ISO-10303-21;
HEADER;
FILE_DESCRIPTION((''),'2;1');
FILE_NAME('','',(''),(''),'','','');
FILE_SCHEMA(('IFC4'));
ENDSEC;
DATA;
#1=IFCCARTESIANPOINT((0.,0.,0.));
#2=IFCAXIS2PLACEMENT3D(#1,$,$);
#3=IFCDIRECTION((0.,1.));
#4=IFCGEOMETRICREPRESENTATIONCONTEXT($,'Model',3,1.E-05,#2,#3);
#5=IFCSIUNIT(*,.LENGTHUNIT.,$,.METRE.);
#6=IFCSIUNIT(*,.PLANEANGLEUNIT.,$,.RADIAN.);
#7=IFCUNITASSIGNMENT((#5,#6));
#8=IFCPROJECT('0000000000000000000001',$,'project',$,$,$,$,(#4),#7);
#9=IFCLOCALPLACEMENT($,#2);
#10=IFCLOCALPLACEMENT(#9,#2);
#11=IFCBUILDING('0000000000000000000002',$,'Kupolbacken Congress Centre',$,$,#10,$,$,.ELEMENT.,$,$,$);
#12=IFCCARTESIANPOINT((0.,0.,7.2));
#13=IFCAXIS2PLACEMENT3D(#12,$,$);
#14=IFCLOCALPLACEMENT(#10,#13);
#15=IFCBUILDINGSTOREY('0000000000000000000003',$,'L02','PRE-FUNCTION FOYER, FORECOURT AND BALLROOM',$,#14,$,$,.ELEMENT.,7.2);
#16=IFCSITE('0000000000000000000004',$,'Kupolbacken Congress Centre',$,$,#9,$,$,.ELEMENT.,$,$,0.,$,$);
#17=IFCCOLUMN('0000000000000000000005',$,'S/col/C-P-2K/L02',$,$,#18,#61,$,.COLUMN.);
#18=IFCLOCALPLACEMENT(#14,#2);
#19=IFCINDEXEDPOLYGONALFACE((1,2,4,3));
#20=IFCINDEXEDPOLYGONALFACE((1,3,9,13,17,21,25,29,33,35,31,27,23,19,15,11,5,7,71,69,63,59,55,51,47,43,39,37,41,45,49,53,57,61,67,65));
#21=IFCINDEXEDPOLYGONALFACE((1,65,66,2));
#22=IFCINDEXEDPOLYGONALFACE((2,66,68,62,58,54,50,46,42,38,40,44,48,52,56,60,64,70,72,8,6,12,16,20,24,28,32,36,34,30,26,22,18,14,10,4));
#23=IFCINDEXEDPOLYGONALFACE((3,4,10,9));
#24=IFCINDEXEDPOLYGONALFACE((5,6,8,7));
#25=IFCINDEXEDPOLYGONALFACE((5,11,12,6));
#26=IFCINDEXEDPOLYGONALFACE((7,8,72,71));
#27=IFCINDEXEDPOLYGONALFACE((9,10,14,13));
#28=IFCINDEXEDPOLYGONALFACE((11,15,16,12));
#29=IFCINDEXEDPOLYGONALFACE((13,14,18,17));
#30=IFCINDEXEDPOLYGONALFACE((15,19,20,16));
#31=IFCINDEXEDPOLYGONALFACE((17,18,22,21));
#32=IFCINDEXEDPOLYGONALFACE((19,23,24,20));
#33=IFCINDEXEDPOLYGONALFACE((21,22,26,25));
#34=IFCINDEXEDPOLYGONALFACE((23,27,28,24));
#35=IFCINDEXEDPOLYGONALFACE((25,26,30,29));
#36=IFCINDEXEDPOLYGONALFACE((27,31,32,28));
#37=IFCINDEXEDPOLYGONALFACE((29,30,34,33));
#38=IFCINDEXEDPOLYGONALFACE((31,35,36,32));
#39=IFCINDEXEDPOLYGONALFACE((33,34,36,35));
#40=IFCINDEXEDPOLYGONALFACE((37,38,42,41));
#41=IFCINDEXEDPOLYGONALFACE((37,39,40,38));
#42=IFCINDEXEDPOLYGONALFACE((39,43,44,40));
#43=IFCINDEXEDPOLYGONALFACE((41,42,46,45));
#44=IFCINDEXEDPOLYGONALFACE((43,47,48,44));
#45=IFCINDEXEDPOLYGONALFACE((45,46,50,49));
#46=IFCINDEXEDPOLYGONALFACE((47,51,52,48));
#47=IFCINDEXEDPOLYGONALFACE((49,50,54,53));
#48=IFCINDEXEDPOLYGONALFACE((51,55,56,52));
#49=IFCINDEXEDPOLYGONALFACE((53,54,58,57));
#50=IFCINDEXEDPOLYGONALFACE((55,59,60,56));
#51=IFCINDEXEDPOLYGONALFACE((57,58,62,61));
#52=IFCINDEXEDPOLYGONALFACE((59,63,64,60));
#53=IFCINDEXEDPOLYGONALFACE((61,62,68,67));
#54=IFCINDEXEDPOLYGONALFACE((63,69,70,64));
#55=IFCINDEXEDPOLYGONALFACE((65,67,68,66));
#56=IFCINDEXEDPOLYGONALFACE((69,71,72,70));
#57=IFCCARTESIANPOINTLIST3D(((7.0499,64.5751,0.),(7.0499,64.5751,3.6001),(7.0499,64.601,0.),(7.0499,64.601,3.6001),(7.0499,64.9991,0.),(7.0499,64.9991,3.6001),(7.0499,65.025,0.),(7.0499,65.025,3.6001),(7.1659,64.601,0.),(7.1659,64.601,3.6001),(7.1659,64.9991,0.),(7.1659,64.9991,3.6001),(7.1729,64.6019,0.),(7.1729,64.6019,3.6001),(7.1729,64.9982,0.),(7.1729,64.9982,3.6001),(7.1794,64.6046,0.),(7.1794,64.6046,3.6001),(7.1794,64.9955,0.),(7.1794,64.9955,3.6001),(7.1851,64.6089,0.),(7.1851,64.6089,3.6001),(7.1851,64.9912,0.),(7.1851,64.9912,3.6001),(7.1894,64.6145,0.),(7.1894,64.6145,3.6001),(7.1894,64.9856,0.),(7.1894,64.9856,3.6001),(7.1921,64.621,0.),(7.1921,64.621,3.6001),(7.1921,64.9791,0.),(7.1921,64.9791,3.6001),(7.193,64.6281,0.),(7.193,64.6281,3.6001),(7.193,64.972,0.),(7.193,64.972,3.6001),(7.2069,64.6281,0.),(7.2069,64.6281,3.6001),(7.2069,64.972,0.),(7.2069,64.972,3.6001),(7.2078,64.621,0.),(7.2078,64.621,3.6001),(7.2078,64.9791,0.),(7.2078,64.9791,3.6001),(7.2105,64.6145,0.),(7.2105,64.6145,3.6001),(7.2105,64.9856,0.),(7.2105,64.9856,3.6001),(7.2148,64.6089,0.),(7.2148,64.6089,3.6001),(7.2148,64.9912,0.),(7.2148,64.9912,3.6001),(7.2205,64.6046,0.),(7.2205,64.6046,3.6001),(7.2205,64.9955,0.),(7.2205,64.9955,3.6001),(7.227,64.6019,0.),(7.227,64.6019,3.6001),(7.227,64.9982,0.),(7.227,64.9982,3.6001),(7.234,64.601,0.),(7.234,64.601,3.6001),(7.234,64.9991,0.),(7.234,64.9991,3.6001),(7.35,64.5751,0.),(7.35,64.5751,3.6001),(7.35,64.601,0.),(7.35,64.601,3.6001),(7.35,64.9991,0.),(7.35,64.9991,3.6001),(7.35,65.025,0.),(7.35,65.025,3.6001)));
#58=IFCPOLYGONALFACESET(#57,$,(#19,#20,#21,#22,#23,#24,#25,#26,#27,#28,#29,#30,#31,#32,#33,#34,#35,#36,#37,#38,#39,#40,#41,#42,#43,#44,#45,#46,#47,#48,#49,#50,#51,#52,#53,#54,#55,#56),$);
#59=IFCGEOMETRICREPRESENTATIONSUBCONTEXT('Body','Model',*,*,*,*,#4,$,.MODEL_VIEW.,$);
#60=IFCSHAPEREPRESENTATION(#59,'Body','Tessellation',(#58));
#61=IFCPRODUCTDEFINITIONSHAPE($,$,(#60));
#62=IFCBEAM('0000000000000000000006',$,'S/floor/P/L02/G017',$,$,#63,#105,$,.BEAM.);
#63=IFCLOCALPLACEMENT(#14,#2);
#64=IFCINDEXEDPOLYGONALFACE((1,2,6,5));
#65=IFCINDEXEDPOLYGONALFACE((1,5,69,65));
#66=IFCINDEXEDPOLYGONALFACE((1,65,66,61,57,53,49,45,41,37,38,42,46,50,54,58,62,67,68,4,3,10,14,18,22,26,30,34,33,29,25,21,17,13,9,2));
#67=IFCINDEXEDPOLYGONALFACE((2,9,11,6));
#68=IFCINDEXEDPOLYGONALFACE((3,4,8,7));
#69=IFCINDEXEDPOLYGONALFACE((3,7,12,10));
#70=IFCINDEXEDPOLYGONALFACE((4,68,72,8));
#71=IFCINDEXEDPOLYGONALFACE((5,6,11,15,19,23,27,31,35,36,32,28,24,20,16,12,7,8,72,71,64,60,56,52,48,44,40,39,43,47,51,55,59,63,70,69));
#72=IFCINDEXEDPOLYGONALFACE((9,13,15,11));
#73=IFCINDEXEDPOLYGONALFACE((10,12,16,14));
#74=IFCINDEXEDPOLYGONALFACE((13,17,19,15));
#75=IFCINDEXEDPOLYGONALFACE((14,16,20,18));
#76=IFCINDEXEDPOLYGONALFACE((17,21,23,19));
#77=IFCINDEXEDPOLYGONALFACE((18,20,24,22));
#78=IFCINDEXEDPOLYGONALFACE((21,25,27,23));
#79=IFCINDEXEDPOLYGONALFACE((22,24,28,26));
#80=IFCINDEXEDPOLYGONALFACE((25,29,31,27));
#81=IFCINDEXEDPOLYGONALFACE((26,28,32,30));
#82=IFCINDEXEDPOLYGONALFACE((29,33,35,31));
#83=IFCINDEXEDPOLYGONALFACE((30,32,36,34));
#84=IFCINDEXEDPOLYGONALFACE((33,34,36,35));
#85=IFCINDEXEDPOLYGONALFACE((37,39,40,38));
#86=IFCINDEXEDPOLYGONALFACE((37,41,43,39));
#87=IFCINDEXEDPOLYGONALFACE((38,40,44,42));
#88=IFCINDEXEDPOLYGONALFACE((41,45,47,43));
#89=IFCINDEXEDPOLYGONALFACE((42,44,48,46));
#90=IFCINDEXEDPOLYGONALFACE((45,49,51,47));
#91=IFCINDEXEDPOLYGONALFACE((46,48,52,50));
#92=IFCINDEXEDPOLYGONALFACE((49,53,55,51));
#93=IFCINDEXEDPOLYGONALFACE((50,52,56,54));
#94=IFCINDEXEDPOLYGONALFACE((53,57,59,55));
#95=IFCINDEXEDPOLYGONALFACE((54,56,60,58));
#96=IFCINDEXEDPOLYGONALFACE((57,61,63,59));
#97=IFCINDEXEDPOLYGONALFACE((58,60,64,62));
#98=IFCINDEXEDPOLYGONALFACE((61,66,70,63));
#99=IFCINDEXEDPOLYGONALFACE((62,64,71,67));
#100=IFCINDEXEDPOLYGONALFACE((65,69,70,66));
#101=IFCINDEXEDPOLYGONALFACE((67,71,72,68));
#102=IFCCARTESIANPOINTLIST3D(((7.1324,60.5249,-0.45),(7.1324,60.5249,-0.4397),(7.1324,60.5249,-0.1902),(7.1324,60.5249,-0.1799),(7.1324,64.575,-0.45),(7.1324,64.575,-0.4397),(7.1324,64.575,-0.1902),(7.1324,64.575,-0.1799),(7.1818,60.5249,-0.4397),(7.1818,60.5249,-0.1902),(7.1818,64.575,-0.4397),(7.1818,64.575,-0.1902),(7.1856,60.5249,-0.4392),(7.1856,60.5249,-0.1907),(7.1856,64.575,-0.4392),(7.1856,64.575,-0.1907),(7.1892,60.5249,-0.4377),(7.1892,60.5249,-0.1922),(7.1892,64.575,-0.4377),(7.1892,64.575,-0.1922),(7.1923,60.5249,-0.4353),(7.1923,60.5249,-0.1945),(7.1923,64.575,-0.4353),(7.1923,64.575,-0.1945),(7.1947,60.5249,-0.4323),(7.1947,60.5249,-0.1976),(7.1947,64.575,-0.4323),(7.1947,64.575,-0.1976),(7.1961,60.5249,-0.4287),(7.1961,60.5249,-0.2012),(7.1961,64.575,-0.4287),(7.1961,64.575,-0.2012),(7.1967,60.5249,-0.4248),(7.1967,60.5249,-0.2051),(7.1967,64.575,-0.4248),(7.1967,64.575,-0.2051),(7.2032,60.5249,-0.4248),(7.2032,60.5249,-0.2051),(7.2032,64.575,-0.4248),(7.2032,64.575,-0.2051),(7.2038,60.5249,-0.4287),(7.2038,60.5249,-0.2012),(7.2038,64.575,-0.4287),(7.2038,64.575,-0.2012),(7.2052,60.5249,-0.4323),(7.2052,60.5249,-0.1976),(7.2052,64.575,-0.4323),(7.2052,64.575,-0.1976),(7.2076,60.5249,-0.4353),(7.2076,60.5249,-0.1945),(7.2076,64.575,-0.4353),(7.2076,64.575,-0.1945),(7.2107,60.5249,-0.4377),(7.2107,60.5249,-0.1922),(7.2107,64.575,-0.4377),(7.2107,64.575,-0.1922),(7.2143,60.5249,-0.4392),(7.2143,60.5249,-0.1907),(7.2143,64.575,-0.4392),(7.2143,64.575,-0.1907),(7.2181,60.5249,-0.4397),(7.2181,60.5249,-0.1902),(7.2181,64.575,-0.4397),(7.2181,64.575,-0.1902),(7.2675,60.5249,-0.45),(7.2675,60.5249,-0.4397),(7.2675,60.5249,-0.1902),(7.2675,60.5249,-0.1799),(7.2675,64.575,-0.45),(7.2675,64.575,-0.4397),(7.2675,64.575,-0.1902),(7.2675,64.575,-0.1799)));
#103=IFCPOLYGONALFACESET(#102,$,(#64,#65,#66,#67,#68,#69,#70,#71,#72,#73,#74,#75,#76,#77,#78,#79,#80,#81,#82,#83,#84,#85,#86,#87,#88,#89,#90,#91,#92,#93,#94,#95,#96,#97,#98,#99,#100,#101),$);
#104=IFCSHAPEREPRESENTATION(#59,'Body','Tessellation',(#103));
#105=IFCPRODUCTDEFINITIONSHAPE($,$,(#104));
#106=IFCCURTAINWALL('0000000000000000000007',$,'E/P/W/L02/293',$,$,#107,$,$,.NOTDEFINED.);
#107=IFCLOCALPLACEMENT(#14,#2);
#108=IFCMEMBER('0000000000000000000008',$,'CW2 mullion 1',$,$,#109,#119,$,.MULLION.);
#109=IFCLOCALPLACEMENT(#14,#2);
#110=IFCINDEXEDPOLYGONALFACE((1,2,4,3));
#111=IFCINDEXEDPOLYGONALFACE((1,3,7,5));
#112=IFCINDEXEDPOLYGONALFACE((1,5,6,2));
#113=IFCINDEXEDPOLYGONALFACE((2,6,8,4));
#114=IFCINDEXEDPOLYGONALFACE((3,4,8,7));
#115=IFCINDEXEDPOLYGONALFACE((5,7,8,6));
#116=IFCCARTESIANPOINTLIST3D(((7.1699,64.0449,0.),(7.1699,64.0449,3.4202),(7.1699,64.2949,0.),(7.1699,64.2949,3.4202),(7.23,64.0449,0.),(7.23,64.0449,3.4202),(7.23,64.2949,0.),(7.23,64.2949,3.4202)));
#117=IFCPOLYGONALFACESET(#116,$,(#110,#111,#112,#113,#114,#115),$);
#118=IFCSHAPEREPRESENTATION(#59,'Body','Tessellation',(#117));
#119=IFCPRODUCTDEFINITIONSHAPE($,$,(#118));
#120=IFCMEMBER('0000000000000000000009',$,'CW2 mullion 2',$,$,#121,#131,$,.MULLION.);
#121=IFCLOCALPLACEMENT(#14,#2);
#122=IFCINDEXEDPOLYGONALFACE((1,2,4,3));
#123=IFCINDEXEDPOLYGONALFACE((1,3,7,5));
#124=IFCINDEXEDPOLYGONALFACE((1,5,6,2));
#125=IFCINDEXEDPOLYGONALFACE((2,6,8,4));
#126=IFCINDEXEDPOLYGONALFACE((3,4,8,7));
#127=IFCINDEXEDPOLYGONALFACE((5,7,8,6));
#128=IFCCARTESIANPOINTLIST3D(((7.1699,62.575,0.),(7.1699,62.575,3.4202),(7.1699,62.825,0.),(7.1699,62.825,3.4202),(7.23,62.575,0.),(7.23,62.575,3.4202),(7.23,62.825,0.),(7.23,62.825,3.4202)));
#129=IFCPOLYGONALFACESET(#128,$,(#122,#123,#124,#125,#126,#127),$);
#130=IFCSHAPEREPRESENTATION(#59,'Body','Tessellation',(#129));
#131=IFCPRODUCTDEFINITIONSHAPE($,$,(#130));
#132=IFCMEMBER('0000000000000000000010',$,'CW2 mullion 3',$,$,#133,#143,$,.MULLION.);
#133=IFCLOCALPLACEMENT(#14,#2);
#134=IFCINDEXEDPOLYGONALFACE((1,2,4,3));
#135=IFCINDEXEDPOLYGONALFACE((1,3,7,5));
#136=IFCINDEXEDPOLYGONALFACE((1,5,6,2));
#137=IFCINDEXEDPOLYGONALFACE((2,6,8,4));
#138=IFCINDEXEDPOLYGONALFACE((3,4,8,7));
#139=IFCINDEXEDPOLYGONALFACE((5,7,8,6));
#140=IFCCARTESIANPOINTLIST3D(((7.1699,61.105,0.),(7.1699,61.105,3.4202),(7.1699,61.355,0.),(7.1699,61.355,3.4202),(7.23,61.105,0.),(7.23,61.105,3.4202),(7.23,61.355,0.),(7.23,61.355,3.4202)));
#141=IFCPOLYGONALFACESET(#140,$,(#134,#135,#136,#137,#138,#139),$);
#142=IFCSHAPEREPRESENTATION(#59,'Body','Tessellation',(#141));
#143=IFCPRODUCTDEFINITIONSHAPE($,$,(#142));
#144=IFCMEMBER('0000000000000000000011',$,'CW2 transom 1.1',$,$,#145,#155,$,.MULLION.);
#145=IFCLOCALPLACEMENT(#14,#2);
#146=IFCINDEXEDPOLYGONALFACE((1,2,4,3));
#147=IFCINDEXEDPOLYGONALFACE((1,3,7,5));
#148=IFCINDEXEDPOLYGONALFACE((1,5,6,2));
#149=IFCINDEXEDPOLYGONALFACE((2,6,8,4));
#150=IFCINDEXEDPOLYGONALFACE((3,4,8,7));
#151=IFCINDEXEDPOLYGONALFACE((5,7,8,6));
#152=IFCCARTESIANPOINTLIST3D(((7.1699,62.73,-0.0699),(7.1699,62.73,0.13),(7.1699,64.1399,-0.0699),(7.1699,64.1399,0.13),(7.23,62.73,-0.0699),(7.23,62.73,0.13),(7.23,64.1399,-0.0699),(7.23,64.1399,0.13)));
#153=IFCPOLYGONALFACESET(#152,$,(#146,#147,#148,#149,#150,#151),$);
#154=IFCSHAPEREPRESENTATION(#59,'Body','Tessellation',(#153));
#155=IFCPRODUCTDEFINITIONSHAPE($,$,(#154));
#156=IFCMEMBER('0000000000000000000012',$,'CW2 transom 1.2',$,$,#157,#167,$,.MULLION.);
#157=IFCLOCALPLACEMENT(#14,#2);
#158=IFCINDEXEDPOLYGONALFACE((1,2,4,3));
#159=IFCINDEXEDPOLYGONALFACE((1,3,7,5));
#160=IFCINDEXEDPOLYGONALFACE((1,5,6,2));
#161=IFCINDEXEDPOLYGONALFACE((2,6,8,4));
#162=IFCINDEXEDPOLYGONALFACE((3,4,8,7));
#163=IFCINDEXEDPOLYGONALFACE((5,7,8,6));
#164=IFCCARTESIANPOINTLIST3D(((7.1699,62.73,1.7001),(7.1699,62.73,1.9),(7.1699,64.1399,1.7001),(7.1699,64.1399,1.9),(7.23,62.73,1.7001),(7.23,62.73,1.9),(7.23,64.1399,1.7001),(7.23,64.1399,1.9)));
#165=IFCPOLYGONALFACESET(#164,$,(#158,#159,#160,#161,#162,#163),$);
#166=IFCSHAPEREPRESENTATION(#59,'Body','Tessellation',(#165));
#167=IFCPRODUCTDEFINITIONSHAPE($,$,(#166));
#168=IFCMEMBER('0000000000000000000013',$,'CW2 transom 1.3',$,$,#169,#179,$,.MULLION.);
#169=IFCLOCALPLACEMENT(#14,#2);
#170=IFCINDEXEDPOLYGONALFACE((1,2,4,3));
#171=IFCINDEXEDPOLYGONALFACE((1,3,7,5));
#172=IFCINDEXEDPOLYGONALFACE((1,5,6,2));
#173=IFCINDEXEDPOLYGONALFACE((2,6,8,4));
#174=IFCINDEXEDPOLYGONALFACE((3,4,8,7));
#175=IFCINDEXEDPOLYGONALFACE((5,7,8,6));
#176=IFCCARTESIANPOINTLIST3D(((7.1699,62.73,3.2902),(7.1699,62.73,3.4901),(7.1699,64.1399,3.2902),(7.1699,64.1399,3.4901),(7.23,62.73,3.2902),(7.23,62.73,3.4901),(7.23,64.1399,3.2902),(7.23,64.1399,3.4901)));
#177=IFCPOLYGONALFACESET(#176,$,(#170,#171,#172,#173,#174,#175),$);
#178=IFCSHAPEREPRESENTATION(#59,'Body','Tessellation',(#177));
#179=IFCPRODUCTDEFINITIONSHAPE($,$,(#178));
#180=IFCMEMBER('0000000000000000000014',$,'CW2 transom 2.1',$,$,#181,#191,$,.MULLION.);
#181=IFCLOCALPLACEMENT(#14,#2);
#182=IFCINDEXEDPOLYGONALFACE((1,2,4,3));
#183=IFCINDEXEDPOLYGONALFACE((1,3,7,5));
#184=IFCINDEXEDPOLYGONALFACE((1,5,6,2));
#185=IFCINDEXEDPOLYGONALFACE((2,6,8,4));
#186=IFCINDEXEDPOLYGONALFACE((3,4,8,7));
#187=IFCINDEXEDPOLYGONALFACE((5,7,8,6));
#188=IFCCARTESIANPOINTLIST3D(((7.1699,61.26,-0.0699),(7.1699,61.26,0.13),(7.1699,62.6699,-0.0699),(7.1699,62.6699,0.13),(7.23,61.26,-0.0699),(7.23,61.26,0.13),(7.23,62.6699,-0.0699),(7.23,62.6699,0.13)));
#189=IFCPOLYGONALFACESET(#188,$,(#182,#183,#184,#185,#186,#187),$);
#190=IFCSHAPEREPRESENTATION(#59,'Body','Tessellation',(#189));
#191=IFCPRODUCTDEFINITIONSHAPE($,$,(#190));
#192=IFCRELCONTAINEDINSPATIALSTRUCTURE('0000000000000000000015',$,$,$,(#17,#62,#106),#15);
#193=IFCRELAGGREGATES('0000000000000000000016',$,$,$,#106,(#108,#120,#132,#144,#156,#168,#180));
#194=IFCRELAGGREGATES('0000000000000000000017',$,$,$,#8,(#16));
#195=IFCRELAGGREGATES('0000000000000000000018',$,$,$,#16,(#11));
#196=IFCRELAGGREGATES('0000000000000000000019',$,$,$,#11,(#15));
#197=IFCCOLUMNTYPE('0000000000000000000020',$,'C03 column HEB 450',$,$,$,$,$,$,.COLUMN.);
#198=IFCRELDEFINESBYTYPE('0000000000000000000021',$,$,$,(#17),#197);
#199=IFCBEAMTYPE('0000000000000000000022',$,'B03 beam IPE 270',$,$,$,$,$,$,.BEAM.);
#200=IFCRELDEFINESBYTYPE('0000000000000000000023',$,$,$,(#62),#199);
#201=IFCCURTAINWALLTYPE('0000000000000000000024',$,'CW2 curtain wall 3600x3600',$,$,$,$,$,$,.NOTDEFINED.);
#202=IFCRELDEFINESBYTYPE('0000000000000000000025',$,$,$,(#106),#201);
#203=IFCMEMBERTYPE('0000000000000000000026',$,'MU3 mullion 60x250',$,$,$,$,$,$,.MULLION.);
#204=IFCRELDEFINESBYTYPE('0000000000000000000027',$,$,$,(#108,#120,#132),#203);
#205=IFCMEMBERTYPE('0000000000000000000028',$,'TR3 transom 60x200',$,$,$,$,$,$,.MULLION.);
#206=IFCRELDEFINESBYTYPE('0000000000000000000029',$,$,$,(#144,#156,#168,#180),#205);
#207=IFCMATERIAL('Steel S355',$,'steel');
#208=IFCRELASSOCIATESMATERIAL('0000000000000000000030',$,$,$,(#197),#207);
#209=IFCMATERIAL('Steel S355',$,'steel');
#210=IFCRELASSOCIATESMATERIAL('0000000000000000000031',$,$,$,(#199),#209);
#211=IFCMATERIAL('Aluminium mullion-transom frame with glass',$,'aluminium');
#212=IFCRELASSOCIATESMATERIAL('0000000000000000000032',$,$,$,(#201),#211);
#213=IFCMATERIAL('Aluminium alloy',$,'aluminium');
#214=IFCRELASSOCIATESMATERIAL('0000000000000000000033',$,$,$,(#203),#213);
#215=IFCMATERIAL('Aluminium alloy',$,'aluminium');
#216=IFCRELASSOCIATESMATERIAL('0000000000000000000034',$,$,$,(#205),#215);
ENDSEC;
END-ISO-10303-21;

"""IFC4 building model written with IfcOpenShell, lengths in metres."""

from ifc_helpers import new_model, si_unit, direction, frame, origin, origin_2d, place, context, subcontext, project, spatial, rectangle, i_section, extrude, material, material_profile, profile_set, type_object, element, aggregate, save


model = new_model("IFC4")

# Units and contexts
model_context = context("Model", 3, precision=1e-05, world=origin(), true_north=direction((0.0, 1.0)))
body_context = subcontext(model_context, "Body", "Model", "MODEL_VIEW")
ifc_project = project(units=[si_unit("LENGTHUNIT", "METRE"), si_unit("PLANEANGLEUNIT", "RADIAN")], contexts=[model_context])

# Site, building, storey
site_placement = place(None, origin())
site = spatial("IfcSite", under=ifc_project, at=site_placement, Name="Kupolbacken Congress Centre", CompositionType="ELEMENT", RefElevation=0.0)
building_placement = place(site_placement, origin())
building = spatial("IfcBuilding", under=site, at=building_placement, Name="Kupolbacken Congress Centre", CompositionType="ELEMENT")
storey_placement = place(building_placement, frame((0.0, 0.0, 7.2)))
storey = spatial("IfcBuildingStorey", under=building, at=storey_placement, Name="L02", Description="PRE-FUNCTION FOYER, FORECOURT AND BALLROOM", CompositionType="ELEMENT", Elevation=7.2)

# Column
ifc_material_1 = material(Name="Steel S355", Category="steel")
ifc_material_profile_1 = material_profile(ifc_material_1, i_section(OverallWidth=0.3, OverallDepth=0.45, WebThickness=0.0139, FlangeThickness=0.0259, FilletRadius=0.0271, at=origin_2d()), Name="HEB 450")
ifc_profile_set_1 = profile_set([ifc_material_profile_1], Name="Steel S355")
column_type = type_object("IfcColumnType", Name="C03 column HEB 450", PredefinedType="COLUMN", material=ifc_profile_set_1)
column_placement = place(storey_placement, frame((7.2, 64.8, 0.0), z_axis=(0.0, 0.0, 1.0), x_axis=(1.0, 0.0, 0.0)))
element("IfcColumn", 1, at=column_placement, inside=storey, type_object=column_type, Name="S/col/C-P-2K/L02", PredefinedType="COLUMN", context=body_context, shape_type="SweptSolid", body=[
    extrude(i_section(OverallWidth=0.3, OverallDepth=0.45, WebThickness=0.0139, FlangeThickness=0.0259, FilletRadius=0.0271, at=origin_2d()), origin(), (0.0, 0.0, 1.0), 3.6001),
])

# Beam
ifc_material_2 = material(Name="Steel S355", Category="steel")
ifc_material_profile_2 = material_profile(ifc_material_2, i_section(OverallWidth=0.135, OverallDepth=0.27, WebThickness=0.0066, FlangeThickness=0.0103, FilletRadius=0.0149, at=origin_2d()), Name="IPE 270")
ifc_profile_set_2 = profile_set([ifc_material_profile_2], Name="Steel S355")
beam_type = type_object("IfcBeamType", Name="B03 beam IPE 270", PredefinedType="BEAM", material=ifc_profile_set_2)
beam_placement = place(storey_placement, frame((7.2, 60.5249, -0.3149), z_axis=(0.0, 1.0, 0.0), x_axis=(-1.0, 0.0, 0.0)))
element("IfcBeam", 2, at=beam_placement, inside=storey, type_object=beam_type, Name="S/floor/P/L02/G017", PredefinedType="BEAM", context=body_context, shape_type="SweptSolid", body=[
    extrude(i_section(OverallWidth=0.135, OverallDepth=0.27, WebThickness=0.0066, FlangeThickness=0.0103, FilletRadius=0.0149, at=origin_2d()), origin(), (0.0, 0.0, 1.0), 4.05),
])

# Curtain wall, members
ifc_material_3 = material(Name="Aluminium mullion-transom frame with glass", Category="aluminium")
curtain_wall_type = type_object("IfcCurtainWallType", Name="CW2 curtain wall 3600x3600", PredefinedType="NOTDEFINED", material=ifc_material_3)
curtain_wall_placement = place(storey_placement, origin())
curtain_wall = element("IfcCurtainWall", 3, at=curtain_wall_placement, inside=storey, type_object=curtain_wall_type, Name="E/P/W/L02/293", PredefinedType="NOTDEFINED")
ifc_material_4 = material(Name="Aluminium alloy", Category="aluminium")
ifc_material_profile_3 = material_profile(ifc_material_4, rectangle(XDim=0.0601, YDim=0.25, at=origin_2d()), Name="60 x 250")
ifc_profile_set_3 = profile_set([ifc_material_profile_3], Name="Aluminium alloy")
member_type_1 = type_object("IfcMemberType", Name="MU3 mullion 60x250", PredefinedType="MULLION", material=ifc_profile_set_3)
member_1_placement = place(storey_placement, frame((7.2, 64.1699, 0.0), z_axis=(0.0, 0.0, 1.0), x_axis=(1.0, 0.0, 0.0)))
member_1 = element("IfcMember", 4, at=member_1_placement, type_object=member_type_1, Name="CW2 mullion 1", PredefinedType="MULLION", context=body_context, shape_type="SweptSolid", body=[
    extrude(rectangle(XDim=0.0601, YDim=0.25, at=origin_2d()), origin(), (0.0, 0.0, 1.0), 3.4202),
])
member_2_placement = place(storey_placement, frame((7.2, 62.7, 0.0), z_axis=(0.0, 0.0, 1.0), x_axis=(1.0, 0.0, 0.0)))
member_2 = element("IfcMember", 5, at=member_2_placement, type_object=member_type_1, Name="CW2 mullion 2", PredefinedType="MULLION", context=body_context, shape_type="SweptSolid", body=[
    extrude(rectangle(XDim=0.0601, YDim=0.25, at=origin_2d()), origin(), (0.0, 0.0, 1.0), 3.4202),
])
member_3_placement = place(storey_placement, frame((7.2, 61.23, 0.0), z_axis=(0.0, 0.0, 1.0), x_axis=(1.0, 0.0, 0.0)))
member_3 = element("IfcMember", 6, at=member_3_placement, type_object=member_type_1, Name="CW2 mullion 3", PredefinedType="MULLION", context=body_context, shape_type="SweptSolid", body=[
    extrude(rectangle(XDim=0.0601, YDim=0.25, at=origin_2d()), origin(), (0.0, 0.0, 1.0), 3.4202),
])
ifc_material_5 = material(Name="Aluminium alloy", Category="aluminium")
ifc_material_profile_4 = material_profile(ifc_material_5, rectangle(XDim=0.0601, YDim=0.2, at=origin_2d()), Name="60 x 200")
ifc_profile_set_4 = profile_set([ifc_material_profile_4], Name="Aluminium alloy")
member_type_2 = type_object("IfcMemberType", Name="TR3 transom 60x200", PredefinedType="MULLION", material=ifc_profile_set_4)
member_4_placement = place(storey_placement, frame((7.2, 64.1399, 0.03), z_axis=(0.0, -1.0, 0.0), x_axis=(1.0, 0.0, 0.0)))
member_4 = element("IfcMember", 7, at=member_4_placement, type_object=member_type_2, Name="CW2 transom 1.1", PredefinedType="MULLION", context=body_context, shape_type="SweptSolid", body=[
    extrude(rectangle(XDim=0.0601, YDim=0.2, at=origin_2d()), origin(), (0.0, 0.0, 1.0), 1.4099),
])
member_5_placement = place(storey_placement, frame((7.2, 64.1399, 1.8), z_axis=(0.0, -1.0, 0.0), x_axis=(1.0, 0.0, 0.0)))
member_5 = element("IfcMember", 8, at=member_5_placement, type_object=member_type_2, Name="CW2 transom 1.2", PredefinedType="MULLION", context=body_context, shape_type="SweptSolid", body=[
    extrude(rectangle(XDim=0.0601, YDim=0.2, at=origin_2d()), origin(), (0.0, 0.0, 1.0), 1.4099),
])
member_6_placement = place(storey_placement, frame((7.2, 64.1399, 3.3901), z_axis=(0.0, -1.0, 0.0), x_axis=(1.0, 0.0, 0.0)))
member_6 = element("IfcMember", 9, at=member_6_placement, type_object=member_type_2, Name="CW2 transom 1.3", PredefinedType="MULLION", context=body_context, shape_type="SweptSolid", body=[
    extrude(rectangle(XDim=0.0601, YDim=0.2, at=origin_2d()), origin(), (0.0, 0.0, 1.0), 1.4099),
])
member_7_placement = place(storey_placement, frame((7.2, 62.6699, 0.03), z_axis=(0.0, -1.0, 0.0), x_axis=(1.0, 0.0, 0.0)))
member_7 = element("IfcMember", 10, at=member_7_placement, type_object=member_type_2, Name="CW2 transom 2.1", PredefinedType="MULLION", context=body_context, shape_type="SweptSolid", body=[
    extrude(rectangle(XDim=0.0601, YDim=0.2, at=origin_2d()), origin(), (0.0, 0.0, 1.0), 1.4099),
])
aggregate(curtain_wall, [member_1, member_2, member_3, member_4, member_5, member_6, member_7])

save(model, "model.ifc")
